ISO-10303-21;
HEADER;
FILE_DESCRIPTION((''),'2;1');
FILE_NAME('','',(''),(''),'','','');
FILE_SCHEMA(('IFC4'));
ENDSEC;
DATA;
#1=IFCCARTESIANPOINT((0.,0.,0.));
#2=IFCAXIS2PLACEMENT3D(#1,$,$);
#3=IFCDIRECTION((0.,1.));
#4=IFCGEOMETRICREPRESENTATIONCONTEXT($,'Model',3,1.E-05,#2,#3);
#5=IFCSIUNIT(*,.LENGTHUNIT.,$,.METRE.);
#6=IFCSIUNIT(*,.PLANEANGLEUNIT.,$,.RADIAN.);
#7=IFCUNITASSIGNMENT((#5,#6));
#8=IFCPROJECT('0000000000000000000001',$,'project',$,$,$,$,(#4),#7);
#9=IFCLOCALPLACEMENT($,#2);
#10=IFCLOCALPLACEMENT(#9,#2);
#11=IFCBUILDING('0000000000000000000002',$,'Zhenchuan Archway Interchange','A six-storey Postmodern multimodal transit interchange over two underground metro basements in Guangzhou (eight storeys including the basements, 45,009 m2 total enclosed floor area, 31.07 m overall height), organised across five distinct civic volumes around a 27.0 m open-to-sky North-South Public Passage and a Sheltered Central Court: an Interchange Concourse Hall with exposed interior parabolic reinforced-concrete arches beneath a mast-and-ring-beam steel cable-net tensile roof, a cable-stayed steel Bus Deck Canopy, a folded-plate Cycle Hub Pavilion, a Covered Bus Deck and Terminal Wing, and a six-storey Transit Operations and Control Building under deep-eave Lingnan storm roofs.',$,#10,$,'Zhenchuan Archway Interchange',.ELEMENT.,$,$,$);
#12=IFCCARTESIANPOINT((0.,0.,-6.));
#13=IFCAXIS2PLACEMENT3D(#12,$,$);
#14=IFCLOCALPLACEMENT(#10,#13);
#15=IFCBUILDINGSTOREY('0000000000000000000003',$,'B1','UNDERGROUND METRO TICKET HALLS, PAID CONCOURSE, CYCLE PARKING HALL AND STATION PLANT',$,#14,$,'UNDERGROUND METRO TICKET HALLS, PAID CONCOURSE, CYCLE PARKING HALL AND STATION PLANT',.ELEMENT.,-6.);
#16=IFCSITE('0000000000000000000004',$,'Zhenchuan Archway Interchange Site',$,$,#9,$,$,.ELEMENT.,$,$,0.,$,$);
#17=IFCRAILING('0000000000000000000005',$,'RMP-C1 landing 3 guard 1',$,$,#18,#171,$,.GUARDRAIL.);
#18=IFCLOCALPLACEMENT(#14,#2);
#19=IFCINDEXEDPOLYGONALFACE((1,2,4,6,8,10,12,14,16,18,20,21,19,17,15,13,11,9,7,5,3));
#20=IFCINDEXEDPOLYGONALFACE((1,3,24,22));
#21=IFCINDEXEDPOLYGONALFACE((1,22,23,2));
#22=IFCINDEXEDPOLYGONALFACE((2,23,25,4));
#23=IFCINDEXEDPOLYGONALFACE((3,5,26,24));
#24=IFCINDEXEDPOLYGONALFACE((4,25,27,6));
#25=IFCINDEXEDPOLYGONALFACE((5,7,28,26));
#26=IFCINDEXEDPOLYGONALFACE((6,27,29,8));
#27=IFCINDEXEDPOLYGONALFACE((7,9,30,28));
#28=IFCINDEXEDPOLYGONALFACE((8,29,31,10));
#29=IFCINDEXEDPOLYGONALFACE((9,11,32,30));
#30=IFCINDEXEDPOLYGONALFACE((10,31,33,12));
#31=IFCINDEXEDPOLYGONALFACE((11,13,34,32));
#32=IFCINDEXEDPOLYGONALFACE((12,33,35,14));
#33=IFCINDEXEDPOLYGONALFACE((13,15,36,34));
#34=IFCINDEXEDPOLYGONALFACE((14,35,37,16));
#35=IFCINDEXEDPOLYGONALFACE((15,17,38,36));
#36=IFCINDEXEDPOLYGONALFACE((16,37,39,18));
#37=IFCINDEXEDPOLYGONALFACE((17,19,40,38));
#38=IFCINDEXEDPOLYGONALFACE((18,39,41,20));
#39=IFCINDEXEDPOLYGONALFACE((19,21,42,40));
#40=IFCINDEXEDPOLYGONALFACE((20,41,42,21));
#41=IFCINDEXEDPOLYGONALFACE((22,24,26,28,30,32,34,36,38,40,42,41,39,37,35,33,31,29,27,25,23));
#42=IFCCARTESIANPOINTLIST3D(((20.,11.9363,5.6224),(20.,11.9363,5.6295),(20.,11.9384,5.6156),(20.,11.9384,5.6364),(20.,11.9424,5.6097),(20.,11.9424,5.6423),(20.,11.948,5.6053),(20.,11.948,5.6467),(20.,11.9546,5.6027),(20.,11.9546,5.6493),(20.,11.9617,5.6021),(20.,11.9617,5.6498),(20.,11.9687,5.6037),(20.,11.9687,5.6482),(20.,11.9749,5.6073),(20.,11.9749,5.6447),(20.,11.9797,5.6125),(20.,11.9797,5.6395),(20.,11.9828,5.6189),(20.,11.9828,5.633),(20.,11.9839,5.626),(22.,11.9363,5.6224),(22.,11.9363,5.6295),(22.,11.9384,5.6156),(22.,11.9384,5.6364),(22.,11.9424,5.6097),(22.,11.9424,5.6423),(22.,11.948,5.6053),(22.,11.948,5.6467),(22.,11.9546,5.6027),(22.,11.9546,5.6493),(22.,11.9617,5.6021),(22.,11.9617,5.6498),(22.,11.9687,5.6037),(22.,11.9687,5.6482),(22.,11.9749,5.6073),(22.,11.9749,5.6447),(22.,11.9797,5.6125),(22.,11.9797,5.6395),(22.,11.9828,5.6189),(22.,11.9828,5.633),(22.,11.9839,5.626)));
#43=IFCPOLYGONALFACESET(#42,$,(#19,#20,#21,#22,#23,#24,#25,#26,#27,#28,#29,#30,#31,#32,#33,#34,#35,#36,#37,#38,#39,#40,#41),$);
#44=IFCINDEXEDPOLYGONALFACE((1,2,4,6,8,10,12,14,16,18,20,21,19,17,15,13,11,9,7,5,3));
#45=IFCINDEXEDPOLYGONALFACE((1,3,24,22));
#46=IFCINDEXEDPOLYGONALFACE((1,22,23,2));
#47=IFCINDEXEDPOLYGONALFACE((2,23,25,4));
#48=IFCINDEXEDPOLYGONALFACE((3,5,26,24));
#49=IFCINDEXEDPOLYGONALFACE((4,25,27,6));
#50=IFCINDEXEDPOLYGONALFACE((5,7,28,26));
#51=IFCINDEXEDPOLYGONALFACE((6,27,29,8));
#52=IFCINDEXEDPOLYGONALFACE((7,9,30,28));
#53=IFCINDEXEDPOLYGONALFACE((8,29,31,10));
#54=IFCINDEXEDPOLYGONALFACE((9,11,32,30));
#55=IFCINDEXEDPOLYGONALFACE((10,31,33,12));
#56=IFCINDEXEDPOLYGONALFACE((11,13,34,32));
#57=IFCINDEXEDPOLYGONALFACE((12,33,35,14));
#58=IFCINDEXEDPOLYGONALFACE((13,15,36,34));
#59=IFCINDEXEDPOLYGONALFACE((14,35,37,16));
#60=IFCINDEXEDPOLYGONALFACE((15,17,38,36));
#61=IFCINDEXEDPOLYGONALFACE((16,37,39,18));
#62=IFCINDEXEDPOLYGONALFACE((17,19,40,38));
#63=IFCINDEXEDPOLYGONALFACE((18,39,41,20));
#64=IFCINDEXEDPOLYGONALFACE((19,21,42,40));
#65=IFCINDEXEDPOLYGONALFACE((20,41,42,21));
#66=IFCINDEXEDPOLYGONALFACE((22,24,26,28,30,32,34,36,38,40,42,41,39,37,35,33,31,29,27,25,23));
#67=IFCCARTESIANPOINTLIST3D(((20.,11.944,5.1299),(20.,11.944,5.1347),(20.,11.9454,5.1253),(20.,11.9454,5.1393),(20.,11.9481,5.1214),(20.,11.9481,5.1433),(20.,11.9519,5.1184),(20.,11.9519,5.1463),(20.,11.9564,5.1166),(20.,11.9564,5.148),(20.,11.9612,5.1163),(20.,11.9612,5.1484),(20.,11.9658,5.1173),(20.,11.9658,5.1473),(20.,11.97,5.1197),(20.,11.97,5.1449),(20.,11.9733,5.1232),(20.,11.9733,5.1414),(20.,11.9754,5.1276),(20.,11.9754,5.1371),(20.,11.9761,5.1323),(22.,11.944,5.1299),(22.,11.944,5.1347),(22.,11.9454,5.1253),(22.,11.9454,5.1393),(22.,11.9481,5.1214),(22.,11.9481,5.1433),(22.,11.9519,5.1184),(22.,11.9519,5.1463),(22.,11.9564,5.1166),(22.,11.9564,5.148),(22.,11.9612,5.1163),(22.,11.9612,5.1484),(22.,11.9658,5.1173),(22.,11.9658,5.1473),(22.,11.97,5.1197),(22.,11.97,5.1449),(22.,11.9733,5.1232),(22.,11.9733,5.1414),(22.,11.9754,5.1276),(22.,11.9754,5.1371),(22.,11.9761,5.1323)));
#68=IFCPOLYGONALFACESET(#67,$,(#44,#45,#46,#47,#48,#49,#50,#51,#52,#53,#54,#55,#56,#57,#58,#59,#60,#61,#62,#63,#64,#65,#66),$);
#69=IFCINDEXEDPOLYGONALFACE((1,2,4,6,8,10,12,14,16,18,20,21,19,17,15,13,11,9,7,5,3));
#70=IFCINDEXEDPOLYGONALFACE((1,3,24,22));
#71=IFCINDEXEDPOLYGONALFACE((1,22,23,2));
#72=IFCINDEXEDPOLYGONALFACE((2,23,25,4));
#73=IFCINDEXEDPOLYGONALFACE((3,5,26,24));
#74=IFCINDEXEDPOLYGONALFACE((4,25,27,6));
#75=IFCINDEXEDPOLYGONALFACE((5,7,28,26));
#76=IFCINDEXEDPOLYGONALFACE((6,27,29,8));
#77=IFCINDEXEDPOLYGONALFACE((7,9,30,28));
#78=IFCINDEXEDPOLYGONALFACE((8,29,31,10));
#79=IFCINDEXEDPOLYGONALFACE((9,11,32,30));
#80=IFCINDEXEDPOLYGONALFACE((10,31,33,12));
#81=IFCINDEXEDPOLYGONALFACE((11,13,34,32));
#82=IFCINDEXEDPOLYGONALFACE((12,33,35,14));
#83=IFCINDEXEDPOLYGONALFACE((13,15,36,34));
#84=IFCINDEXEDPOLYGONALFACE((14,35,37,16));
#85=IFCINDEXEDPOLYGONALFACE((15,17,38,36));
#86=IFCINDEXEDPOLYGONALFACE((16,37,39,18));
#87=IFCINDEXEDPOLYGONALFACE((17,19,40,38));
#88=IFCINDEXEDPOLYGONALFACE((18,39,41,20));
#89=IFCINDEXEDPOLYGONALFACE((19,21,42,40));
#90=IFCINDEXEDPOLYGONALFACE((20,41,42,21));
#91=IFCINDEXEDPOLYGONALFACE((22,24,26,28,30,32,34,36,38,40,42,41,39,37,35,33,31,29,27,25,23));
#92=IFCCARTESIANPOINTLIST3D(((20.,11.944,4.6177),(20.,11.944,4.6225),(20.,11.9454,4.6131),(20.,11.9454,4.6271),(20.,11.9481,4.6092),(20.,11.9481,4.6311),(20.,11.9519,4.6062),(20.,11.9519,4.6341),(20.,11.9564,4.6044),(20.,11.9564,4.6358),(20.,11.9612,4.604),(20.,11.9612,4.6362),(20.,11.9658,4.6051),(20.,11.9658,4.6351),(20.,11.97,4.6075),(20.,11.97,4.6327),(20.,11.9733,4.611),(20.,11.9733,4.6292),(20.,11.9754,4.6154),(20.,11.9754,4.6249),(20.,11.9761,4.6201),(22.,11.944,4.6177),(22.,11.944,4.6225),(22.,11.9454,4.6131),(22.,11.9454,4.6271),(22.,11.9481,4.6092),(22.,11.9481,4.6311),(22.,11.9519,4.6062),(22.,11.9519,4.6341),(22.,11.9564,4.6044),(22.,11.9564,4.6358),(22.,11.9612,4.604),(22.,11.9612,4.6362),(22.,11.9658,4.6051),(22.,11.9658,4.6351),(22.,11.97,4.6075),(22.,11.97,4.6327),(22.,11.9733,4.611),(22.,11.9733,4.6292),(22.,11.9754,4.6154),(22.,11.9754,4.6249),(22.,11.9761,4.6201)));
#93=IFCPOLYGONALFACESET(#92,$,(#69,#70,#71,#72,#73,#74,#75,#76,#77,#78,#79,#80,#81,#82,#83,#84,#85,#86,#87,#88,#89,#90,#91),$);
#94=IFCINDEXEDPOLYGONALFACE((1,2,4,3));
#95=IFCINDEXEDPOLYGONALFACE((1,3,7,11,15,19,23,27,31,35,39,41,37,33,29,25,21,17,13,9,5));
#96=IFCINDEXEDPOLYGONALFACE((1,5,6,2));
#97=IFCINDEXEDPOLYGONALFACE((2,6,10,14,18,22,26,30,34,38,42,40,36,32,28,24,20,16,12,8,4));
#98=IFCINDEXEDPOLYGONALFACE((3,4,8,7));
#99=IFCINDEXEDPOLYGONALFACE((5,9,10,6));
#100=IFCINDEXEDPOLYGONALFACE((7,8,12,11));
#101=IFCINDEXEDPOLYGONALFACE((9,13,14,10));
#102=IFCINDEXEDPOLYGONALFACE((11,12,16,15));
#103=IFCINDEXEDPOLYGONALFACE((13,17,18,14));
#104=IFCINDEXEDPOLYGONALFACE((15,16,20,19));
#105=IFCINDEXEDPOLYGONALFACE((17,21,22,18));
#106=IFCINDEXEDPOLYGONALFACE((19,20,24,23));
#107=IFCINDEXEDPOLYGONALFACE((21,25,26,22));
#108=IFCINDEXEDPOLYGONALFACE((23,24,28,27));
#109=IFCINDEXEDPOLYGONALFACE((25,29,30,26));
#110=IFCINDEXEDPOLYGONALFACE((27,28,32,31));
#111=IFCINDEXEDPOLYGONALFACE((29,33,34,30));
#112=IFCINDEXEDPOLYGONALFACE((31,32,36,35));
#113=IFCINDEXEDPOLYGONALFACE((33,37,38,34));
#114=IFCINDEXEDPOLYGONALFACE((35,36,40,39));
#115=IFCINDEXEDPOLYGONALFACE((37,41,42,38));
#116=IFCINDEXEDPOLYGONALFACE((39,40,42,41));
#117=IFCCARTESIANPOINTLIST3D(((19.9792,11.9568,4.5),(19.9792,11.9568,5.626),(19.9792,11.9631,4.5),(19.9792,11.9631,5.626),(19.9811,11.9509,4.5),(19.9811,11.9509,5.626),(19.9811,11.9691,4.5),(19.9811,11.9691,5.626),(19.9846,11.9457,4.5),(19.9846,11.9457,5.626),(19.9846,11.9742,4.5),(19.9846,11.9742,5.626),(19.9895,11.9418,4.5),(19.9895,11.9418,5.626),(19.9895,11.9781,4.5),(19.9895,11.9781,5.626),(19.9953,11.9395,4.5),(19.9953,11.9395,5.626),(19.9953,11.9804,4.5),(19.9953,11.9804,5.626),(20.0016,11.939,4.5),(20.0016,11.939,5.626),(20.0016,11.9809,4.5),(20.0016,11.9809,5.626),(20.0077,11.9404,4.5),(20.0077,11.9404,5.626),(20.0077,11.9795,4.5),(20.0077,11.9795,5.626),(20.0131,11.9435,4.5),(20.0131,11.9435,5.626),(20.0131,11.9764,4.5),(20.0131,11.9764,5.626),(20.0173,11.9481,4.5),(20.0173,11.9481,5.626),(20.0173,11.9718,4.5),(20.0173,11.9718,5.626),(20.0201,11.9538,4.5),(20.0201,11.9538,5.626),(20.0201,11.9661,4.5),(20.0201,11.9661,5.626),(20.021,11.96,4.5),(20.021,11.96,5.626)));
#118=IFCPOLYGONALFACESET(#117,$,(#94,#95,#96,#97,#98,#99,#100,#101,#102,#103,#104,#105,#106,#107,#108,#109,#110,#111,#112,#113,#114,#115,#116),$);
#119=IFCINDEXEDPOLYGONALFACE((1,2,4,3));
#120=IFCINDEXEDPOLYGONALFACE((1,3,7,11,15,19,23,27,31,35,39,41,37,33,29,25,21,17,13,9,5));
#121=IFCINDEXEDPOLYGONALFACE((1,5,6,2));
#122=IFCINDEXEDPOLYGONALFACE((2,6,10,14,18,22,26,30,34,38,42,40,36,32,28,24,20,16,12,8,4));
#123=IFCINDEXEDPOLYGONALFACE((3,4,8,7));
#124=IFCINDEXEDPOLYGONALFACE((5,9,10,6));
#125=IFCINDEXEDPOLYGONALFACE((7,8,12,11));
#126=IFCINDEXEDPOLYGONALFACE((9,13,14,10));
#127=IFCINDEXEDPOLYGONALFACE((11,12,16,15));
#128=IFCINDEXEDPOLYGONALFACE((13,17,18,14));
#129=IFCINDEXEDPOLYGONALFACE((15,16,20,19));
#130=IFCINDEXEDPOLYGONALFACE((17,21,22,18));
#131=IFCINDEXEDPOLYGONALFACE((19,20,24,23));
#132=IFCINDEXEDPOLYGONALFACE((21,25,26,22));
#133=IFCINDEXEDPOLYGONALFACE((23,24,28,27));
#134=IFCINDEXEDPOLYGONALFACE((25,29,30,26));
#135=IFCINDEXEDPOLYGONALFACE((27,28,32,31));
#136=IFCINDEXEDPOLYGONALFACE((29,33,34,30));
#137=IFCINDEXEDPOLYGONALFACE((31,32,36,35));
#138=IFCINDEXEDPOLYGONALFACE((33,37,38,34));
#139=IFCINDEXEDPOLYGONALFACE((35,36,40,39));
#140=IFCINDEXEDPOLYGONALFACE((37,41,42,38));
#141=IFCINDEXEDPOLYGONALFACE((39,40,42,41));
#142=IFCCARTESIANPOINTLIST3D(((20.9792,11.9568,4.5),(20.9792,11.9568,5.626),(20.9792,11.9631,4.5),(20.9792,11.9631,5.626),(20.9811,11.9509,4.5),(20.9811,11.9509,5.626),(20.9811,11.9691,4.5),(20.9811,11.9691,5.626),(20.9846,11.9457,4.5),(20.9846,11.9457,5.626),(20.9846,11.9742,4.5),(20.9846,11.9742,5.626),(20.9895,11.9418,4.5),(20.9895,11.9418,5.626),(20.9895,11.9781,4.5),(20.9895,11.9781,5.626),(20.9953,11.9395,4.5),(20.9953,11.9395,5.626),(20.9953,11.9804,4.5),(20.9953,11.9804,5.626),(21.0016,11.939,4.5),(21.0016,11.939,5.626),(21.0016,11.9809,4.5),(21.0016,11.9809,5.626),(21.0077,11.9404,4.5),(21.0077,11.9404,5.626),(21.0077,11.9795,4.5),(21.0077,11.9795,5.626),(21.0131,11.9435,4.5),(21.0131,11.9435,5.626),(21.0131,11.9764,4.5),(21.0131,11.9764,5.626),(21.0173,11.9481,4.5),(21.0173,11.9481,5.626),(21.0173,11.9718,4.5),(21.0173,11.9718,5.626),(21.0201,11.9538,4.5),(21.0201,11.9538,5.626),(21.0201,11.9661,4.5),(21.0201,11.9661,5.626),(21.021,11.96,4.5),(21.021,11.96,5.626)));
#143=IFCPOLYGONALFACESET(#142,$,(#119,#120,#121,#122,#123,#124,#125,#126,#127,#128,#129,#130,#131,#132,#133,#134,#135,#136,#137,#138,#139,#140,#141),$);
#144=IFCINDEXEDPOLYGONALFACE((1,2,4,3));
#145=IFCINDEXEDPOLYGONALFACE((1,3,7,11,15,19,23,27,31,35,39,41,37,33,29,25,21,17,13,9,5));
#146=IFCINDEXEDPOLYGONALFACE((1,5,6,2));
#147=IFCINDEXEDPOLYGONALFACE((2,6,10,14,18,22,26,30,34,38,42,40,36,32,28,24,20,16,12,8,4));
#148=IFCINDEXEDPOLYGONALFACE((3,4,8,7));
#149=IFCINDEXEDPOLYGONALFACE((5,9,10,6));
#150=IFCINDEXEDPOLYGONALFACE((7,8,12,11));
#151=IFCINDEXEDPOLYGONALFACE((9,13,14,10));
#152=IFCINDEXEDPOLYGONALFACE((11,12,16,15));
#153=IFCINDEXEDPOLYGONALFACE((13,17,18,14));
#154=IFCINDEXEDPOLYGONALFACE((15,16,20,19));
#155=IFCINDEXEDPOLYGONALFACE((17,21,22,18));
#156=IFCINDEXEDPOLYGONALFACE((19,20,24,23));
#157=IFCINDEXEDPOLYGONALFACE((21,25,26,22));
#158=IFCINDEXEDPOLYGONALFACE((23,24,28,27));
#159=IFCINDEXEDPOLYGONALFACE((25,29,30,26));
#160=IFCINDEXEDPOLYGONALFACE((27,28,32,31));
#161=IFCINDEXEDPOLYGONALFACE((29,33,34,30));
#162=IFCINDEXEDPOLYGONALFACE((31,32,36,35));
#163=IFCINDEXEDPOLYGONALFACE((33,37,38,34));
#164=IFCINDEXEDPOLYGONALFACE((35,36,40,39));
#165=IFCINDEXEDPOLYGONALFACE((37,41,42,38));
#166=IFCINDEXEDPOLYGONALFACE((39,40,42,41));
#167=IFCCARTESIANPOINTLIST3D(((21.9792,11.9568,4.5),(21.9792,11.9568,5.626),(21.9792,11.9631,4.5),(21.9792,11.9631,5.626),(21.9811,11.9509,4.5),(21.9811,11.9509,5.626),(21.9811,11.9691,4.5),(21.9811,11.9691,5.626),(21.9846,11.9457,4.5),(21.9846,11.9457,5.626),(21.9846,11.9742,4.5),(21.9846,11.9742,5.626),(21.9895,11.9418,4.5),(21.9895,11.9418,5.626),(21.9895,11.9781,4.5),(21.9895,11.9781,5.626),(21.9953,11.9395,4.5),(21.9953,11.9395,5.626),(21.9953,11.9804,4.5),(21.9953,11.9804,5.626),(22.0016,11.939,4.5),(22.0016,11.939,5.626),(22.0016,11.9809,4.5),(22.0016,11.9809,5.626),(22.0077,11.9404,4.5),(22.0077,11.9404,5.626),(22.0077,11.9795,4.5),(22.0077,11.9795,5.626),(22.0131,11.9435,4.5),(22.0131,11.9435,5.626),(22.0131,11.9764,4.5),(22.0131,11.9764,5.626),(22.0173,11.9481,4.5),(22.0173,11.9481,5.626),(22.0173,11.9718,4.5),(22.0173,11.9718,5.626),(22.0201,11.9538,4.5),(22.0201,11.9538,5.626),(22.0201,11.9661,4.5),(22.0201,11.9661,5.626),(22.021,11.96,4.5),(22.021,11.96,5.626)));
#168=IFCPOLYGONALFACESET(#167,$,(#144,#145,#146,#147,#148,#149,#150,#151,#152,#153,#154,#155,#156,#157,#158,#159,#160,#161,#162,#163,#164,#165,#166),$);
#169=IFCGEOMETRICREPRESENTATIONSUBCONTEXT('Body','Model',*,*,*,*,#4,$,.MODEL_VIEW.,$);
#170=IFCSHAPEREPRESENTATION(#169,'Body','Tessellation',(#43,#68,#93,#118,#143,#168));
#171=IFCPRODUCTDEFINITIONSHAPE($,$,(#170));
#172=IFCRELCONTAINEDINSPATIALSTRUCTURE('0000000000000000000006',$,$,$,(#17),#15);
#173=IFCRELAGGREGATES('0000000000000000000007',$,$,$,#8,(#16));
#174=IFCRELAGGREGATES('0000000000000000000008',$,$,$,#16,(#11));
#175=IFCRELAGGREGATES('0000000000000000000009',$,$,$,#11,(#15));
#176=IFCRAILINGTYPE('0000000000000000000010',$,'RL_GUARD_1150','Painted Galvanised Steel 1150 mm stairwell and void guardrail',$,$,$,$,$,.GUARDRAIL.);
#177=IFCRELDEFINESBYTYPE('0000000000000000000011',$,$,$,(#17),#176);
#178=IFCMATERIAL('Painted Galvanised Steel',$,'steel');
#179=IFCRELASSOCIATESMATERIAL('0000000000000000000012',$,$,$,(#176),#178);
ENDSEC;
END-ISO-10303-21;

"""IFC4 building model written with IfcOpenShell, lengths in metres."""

from ifc_helpers import new_model, si_unit, direction, frame, origin, origin_2d, place, context, subcontext, project, spatial, circle, extrude, material, type_object, element, save


model = new_model("IFC4")

# Units and contexts
model_context = context("Model", 3, precision=1e-05, world=origin(), true_north=direction((0.0, 1.0)))
body_context = subcontext(model_context, "Body", "Model", "MODEL_VIEW")
ifc_project = project(units=[si_unit("LENGTHUNIT", "METRE"), si_unit("PLANEANGLEUNIT", "RADIAN")], contexts=[model_context])

# Site, building, storey
site_placement = place(None, origin())
site = spatial("IfcSite", under=ifc_project, at=site_placement, Name="Zhenchuan Archway Interchange Site", CompositionType="ELEMENT", RefElevation=0.0)
building_placement = place(site_placement, origin())
building = spatial("IfcBuilding", under=site, at=building_placement, Name="Zhenchuan Archway Interchange", Description="A six-storey Postmodern multimodal transit interchange over two underground metro basements in Guangzhou (eight storeys including the basements, 45,009 m2 total enclosed floor area, 31.07 m overall height), organised across five distinct civic volumes around a 27.0 m open-to-sky North-South Public Passage and a Sheltered Central Court: an Interchange Concourse Hall with exposed interior parabolic reinforced-concrete arches beneath a mast-and-ring-beam steel cable-net tensile roof, a cable-stayed steel Bus Deck Canopy, a folded-plate Cycle Hub Pavilion, a Covered Bus Deck and Terminal Wing, and a six-storey Transit Operations and Control Building under deep-eave Lingnan storm roofs.", LongName="Zhenchuan Archway Interchange", CompositionType="ELEMENT")
storey_placement = place(building_placement, frame((0.0, 0.0, -6.0)))
storey = spatial("IfcBuildingStorey", under=building, at=storey_placement, Name="B1", Description="UNDERGROUND METRO TICKET HALLS, PAID CONCOURSE, CYCLE PARKING HALL AND STATION PLANT", LongName="UNDERGROUND METRO TICKET HALLS, PAID CONCOURSE, CYCLE PARKING HALL AND STATION PLANT", CompositionType="ELEMENT", Elevation=-6.0)

# Shared definitions
ifc_material_1 = material(Name="Painted Galvanised Steel", Category="steel")

# Railing
railing_type = type_object("IfcRailingType", Name="RL_GUARD_1150", Description="Painted Galvanised Steel 1150 mm stairwell and void guardrail", PredefinedType="GUARDRAIL", material=ifc_material_1)
for number, where, name in (
    (1, (20.0, 11.96, 4.5), "RMP-C1 landing 3 guard 1"),
):
    element("IfcRailing", number, at=place(storey_placement, frame(where)), inside=storey, type_object=railing_type, Name=name, PredefinedType="GUARDRAIL", context=body_context, shape_type="SweptSolid", body=[
        extrude(circle(Radius=0.0239, at=origin_2d()), frame((0.0, 0.0, 1.126), z_axis=(1.0, 0.0, 0.0), x_axis=(0.0, 1.0, 0.0)), (0.0, 0.0, 1.0), 2.0),
        extrude(circle(Radius=0.0161, at=origin_2d()), frame((0.0, 0.0, 0.6323), z_axis=(1.0, 0.0, 0.0), x_axis=(0.0, 1.0, 0.0)), (0.0, 0.0, 1.0), 2.0),
        extrude(circle(Radius=0.0161, at=origin_2d()), frame((0.0, 0.0, 0.1201), z_axis=(1.0, 0.0, 0.0), x_axis=(0.0, 1.0, 0.0)), (0.0, 0.0, 1.0), 2.0),
        extrude(circle(Radius=0.021, at=origin_2d()), origin(), (0.0, 0.0, 1.0), 1.126),
        extrude(circle(Radius=0.021, at=origin_2d()), frame((1.0, 0.0, 0.0)), (0.0, 0.0, 1.0), 1.126),
        extrude(circle(Radius=0.021, at=origin_2d()), frame((2.0, 0.0, 0.0)), (0.0, 0.0, 1.0), 1.126),
    ])

save(model, "model.ifc")
